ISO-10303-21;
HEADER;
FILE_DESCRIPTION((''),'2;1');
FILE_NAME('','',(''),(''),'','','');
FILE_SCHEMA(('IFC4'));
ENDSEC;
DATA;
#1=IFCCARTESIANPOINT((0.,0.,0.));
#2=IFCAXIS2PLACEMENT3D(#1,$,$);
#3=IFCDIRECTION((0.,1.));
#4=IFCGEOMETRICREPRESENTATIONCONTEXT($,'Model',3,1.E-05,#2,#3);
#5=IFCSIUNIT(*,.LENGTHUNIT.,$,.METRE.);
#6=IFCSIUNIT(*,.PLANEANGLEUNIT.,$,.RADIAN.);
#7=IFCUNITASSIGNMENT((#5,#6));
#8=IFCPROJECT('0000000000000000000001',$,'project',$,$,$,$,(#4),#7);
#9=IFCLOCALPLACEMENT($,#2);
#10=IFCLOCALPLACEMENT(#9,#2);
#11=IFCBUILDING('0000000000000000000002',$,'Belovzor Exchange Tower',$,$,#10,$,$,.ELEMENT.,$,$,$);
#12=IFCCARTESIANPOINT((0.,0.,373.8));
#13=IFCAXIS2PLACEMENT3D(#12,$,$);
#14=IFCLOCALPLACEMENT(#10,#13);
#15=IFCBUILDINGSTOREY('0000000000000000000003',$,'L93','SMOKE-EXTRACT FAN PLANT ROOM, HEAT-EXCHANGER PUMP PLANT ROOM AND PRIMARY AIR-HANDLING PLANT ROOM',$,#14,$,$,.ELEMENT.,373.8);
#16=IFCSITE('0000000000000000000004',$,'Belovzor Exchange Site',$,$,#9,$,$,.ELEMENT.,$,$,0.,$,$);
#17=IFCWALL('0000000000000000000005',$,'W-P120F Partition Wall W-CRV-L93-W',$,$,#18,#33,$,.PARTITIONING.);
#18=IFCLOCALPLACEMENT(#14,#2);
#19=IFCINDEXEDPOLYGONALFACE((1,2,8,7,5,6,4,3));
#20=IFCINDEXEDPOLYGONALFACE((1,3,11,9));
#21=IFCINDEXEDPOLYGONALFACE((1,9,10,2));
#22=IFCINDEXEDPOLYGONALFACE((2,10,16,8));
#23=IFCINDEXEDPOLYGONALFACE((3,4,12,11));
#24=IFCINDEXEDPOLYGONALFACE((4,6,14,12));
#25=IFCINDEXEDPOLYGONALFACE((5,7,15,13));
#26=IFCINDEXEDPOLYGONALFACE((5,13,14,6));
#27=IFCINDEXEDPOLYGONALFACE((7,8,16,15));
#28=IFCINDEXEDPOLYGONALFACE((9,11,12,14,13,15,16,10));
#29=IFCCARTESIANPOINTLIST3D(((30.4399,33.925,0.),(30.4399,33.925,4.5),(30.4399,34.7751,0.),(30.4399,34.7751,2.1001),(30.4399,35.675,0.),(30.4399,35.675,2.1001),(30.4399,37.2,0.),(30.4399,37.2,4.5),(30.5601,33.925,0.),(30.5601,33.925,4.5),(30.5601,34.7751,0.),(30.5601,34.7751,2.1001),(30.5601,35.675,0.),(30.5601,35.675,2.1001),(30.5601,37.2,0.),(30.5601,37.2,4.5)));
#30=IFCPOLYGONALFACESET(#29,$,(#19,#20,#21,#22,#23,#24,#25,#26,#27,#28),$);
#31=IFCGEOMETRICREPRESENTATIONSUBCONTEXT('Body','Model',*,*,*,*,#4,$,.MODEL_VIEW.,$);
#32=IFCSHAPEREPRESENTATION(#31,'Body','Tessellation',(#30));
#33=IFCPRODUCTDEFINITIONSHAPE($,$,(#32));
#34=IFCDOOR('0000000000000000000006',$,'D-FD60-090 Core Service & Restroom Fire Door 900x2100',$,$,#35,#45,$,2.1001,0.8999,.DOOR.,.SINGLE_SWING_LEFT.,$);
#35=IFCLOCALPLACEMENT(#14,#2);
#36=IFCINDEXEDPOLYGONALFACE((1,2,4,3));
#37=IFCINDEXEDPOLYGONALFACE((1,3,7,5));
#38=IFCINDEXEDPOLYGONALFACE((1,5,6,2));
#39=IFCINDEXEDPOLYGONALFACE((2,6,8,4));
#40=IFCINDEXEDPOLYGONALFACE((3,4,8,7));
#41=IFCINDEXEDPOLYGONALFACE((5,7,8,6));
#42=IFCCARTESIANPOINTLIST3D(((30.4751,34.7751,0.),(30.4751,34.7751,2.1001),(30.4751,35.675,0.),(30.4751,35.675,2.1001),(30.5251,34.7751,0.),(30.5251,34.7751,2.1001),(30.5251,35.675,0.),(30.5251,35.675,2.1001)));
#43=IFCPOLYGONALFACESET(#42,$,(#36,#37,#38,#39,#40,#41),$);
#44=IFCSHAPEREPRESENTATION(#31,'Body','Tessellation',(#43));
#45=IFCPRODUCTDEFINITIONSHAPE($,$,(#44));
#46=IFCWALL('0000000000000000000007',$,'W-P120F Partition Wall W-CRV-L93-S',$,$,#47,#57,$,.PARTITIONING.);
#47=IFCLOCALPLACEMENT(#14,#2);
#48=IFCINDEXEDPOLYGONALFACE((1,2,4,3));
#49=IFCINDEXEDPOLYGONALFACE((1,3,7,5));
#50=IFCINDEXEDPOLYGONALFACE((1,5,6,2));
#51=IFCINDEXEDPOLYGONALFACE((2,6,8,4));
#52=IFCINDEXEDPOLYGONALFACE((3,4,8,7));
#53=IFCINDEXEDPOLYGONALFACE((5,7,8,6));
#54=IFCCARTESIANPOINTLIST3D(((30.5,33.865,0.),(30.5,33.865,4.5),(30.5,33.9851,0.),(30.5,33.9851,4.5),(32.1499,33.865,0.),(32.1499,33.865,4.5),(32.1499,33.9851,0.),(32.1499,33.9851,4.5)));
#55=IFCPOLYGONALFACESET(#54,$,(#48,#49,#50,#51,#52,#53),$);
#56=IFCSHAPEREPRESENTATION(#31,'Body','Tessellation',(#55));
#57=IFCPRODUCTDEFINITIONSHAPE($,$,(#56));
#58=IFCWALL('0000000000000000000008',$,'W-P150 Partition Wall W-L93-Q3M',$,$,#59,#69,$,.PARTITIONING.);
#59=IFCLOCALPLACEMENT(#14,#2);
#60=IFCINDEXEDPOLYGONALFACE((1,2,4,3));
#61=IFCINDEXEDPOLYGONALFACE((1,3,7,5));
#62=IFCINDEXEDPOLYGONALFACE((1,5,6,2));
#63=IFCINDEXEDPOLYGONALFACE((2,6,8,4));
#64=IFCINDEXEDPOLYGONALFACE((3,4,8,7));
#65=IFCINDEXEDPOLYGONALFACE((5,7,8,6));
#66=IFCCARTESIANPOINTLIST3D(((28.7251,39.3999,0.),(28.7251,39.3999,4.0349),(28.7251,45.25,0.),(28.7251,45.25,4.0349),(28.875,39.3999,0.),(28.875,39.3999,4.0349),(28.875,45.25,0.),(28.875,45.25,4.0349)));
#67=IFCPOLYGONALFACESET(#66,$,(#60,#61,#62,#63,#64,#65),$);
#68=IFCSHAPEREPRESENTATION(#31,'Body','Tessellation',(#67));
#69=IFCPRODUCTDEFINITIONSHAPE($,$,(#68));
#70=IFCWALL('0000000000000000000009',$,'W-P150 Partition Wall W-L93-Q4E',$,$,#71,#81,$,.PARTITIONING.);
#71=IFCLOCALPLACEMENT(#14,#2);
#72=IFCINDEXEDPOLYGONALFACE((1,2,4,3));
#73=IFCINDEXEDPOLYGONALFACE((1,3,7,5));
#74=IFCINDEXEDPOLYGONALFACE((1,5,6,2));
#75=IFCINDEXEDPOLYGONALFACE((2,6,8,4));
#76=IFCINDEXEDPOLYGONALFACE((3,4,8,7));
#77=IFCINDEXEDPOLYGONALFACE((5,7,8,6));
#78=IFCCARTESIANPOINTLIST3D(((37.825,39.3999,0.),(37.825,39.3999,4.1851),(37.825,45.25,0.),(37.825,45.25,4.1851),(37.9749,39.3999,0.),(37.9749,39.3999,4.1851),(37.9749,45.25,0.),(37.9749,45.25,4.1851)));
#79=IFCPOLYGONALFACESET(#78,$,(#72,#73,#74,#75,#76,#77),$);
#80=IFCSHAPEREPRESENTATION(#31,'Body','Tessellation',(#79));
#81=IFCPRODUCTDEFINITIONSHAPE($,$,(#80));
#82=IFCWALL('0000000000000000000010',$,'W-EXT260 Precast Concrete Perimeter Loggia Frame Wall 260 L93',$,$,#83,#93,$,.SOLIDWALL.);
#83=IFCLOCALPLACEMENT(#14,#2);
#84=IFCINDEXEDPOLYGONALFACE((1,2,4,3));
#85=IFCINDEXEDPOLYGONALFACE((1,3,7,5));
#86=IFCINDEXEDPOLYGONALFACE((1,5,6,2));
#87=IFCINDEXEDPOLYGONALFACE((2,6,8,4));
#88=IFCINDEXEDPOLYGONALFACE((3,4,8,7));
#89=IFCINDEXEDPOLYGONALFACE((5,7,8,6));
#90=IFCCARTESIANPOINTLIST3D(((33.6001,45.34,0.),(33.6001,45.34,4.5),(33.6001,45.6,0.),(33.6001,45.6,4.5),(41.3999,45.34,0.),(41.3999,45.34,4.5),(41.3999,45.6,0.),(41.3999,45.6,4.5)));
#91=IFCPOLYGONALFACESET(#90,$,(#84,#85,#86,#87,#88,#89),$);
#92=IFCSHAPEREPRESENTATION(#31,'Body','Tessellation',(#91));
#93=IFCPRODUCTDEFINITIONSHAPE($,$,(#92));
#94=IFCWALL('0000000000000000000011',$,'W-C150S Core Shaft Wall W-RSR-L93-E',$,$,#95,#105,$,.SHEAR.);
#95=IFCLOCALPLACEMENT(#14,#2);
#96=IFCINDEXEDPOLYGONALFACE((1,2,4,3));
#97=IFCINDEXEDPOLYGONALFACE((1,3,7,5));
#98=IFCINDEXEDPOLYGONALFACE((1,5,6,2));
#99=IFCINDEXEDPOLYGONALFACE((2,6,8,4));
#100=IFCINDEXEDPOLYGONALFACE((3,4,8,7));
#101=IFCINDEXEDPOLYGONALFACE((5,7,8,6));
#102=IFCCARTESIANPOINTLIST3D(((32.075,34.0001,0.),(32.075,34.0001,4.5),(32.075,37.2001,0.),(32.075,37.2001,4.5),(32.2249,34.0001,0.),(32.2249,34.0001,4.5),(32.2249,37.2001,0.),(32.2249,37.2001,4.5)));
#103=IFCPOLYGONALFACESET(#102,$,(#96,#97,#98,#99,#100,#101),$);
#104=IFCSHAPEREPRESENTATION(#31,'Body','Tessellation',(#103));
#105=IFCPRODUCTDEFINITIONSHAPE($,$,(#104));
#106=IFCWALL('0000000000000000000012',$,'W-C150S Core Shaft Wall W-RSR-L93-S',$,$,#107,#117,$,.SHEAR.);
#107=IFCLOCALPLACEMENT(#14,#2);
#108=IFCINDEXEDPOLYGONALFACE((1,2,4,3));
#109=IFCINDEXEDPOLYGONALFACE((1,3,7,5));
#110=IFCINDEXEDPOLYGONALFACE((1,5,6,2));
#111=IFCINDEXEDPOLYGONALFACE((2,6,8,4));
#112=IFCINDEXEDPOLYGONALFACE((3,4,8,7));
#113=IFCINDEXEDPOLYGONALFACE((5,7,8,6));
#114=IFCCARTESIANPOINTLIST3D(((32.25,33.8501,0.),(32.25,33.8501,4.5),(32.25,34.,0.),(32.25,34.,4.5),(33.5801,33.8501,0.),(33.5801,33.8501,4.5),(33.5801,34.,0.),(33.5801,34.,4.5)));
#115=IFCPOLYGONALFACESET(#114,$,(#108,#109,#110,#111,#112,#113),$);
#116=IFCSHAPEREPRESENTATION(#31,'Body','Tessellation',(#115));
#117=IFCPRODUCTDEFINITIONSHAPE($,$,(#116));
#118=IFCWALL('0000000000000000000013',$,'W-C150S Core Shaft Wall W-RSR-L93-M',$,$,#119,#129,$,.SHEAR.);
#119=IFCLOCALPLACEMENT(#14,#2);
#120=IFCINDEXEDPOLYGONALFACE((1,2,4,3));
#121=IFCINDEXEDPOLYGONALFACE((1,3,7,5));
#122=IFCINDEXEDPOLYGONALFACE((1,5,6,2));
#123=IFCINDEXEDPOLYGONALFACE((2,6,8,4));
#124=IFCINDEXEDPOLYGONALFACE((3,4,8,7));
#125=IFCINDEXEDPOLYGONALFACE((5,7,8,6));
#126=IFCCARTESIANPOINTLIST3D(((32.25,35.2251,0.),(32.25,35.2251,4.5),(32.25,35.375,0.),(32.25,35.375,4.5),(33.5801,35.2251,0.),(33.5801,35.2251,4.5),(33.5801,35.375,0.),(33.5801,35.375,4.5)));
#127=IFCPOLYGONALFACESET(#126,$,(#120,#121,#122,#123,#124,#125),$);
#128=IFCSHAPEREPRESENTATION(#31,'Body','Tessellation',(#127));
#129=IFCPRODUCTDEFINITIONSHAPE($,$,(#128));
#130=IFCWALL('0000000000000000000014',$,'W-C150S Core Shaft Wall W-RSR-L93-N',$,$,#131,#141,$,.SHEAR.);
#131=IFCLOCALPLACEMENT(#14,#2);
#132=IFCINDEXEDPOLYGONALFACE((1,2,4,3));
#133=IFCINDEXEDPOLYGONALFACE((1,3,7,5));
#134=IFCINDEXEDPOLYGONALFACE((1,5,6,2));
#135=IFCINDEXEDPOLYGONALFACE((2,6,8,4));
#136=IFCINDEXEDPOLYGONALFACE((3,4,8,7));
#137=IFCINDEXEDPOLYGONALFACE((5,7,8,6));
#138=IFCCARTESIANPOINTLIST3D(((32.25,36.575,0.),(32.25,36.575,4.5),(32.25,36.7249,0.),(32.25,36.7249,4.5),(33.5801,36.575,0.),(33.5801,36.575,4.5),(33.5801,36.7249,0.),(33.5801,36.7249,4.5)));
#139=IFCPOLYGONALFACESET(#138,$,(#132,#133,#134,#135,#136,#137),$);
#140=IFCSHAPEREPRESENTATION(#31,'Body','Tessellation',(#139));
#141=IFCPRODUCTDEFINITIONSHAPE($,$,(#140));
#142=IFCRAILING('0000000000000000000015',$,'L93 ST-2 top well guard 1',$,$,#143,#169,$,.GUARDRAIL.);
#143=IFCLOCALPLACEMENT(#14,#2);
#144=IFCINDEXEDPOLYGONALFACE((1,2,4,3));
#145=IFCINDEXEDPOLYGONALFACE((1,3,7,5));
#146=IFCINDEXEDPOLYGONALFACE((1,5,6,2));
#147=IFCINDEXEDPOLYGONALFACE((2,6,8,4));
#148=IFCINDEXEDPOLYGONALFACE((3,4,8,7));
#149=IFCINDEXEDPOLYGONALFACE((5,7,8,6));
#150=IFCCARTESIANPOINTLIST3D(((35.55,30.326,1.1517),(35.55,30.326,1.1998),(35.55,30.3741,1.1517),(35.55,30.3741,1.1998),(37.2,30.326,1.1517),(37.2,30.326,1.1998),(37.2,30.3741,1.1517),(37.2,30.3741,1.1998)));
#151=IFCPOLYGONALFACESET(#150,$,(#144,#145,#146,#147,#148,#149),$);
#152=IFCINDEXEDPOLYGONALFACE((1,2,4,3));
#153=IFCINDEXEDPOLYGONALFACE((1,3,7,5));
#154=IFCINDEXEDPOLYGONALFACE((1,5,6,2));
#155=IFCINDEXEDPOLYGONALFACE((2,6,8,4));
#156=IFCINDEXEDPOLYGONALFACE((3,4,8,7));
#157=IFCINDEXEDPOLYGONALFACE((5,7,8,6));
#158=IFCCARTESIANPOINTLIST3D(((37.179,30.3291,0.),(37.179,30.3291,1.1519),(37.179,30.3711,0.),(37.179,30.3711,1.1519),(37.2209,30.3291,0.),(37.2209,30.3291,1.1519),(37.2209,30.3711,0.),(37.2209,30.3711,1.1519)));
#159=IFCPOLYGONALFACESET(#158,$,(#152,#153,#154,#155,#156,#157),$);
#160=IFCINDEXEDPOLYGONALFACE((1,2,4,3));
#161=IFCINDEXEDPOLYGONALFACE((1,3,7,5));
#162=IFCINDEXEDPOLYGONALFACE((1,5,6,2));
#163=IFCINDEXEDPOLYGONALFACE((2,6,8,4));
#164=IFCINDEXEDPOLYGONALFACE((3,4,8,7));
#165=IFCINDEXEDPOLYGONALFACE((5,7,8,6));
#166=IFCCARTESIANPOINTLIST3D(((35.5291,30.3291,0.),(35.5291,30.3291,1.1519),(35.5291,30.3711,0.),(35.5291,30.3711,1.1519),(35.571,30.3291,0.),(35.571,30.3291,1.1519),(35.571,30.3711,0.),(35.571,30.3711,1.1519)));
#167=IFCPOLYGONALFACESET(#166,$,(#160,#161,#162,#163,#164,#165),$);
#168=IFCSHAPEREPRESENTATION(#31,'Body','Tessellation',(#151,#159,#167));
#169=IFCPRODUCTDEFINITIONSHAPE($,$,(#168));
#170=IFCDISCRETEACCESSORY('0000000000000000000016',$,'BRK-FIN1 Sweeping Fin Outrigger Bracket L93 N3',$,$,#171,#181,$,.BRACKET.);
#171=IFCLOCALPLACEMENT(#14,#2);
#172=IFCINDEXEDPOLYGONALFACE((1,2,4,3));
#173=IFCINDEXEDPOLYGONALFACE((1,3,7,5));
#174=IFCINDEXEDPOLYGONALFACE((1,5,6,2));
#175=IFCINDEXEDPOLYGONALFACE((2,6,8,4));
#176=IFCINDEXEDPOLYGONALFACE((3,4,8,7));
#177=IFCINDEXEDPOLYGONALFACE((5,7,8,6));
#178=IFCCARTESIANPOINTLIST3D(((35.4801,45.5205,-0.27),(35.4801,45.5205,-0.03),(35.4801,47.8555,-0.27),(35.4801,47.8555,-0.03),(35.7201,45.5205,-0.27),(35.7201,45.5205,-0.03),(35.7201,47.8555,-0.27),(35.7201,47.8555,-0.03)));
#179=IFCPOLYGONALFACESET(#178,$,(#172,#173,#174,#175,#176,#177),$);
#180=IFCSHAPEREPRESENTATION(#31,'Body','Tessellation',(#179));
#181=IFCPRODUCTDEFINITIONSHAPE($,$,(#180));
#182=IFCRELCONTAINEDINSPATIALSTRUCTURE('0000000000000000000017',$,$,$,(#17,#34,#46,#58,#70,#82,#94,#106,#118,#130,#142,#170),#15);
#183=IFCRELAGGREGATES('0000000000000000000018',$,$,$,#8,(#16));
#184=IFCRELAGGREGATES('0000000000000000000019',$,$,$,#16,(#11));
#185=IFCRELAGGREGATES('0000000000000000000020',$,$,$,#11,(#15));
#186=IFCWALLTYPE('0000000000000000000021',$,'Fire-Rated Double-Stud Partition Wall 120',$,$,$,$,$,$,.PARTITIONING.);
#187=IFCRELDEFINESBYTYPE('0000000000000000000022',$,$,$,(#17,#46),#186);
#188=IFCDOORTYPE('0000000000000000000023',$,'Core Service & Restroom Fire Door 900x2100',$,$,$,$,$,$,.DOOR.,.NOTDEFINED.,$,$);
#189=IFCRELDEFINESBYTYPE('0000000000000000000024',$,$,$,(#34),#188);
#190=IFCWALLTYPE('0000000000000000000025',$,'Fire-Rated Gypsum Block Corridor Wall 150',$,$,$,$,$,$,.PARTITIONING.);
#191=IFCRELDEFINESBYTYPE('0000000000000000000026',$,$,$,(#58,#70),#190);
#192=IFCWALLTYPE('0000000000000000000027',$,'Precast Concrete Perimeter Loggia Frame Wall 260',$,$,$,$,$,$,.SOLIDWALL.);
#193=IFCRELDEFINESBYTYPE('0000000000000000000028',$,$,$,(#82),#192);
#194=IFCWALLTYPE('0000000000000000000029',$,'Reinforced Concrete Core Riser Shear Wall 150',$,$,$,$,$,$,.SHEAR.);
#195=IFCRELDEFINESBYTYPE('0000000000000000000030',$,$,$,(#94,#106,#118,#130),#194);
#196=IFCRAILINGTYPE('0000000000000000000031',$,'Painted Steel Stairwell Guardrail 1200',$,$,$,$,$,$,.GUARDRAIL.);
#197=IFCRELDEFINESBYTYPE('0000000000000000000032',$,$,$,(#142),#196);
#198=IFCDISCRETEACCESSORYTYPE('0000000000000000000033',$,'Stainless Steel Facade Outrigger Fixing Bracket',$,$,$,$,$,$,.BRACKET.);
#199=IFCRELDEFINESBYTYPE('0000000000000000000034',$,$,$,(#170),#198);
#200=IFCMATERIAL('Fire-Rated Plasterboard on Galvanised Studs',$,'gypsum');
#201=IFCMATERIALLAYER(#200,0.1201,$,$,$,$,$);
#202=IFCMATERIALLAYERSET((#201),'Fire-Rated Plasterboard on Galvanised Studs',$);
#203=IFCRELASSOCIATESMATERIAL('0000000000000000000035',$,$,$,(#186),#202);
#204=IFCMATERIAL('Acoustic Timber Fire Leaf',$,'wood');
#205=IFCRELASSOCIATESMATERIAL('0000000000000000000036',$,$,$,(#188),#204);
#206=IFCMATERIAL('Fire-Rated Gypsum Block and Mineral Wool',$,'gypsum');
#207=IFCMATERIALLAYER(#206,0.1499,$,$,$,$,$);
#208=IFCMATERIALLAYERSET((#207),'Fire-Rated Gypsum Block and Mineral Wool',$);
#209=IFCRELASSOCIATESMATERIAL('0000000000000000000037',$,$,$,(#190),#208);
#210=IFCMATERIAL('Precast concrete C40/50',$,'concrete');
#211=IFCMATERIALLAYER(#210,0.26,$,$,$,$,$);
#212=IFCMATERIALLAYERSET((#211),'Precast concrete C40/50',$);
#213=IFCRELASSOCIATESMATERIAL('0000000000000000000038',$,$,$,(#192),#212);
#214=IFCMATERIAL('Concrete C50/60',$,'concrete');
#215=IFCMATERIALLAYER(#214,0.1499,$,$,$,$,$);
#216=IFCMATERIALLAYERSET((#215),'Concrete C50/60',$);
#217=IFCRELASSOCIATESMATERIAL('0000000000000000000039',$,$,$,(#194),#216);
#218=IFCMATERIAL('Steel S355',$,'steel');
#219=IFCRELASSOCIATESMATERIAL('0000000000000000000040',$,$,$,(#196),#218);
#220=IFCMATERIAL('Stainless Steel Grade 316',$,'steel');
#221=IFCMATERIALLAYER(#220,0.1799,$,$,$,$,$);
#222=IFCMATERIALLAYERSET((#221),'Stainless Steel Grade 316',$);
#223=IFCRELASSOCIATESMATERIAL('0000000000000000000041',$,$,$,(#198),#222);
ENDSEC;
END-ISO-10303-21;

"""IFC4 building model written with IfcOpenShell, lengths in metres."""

from ifc_helpers import new_model, si_unit, direction, frame, frame_2d, origin, origin_2d, place, context, subcontext, project, spatial, rectangle, extrude, material, layer, layer_set, type_object, element, fill, save


model = new_model("IFC4")

# Units and contexts
model_context = context("Model", 3, precision=1e-05, world=origin(), true_north=direction((0.0, 1.0)))
body_context = subcontext(model_context, "Body", "Model", "MODEL_VIEW")
ifc_project = project(units=[si_unit("LENGTHUNIT", "METRE"), si_unit("PLANEANGLEUNIT", "RADIAN")], contexts=[model_context])

# Site, building, storey
site_placement = place(None, origin())
site = spatial("IfcSite", under=ifc_project, at=site_placement, Name="Belovzor Exchange Site", CompositionType="ELEMENT", RefElevation=0.0)
building_placement = place(site_placement, origin())
building = spatial("IfcBuilding", under=site, at=building_placement, Name="Belovzor Exchange Tower", CompositionType="ELEMENT")
storey_placement = place(building_placement, frame((0.0, 0.0, 373.8)))
storey = spatial("IfcBuildingStorey", under=building, at=storey_placement, Name="L93", Description="SMOKE-EXTRACT FAN PLANT ROOM, HEAT-EXCHANGER PUMP PLANT ROOM AND PRIMARY AIR-HANDLING PLANT ROOM", CompositionType="ELEMENT", Elevation=373.8)

# Wall, opening, door
ifc_material_1 = material(Name="Fire-Rated Plasterboard on Galvanised Studs", Category="gypsum")
ifc_layer_1 = layer(ifc_material_1, 0.1201)
ifc_layer_set_1 = layer_set([ifc_layer_1], Name="Fire-Rated Plasterboard on Galvanised Studs")
wall_type_1 = type_object("IfcWallType", Name="Fire-Rated Double-Stud Partition Wall 120", PredefinedType="PARTITIONING", material=ifc_layer_set_1)
wall_1_placement = place(storey_placement, frame((30.5, 33.925, 0.0), z_axis=(0.0, 0.0, 1.0), x_axis=(0.0, 1.0, 0.0)))
wall_1 = element("IfcWall", 1, at=wall_1_placement, inside=storey, type_object=wall_type_1, Name="W-P120F Partition Wall W-CRV-L93-W", PredefinedType="PARTITIONING", context=body_context, shape_type="SweptSolid", body=[
    extrude(rectangle(XDim=3.2749, YDim=0.1201, at=frame_2d((1.6375, 0.0))), origin(), (0.0, 0.0, 1.0), 4.5),
])
opening_placement = place(wall_1_placement, frame((0.8501, 0.0, 0.0)))
opening = element("IfcOpeningElement", 2, at=opening_placement, cuts=wall_1, PredefinedType="OPENING", context=body_context, shape_type="SweptSolid", body=[
    extrude(rectangle(XDim=0.8999, YDim=2.1001, at=frame_2d((0.45, 1.05))), frame((0.0, 0.0701, 0.0), z_axis=(0.0, -1.0, 0.0), x_axis=(1.0, 0.0, 0.0)), (0.0, 0.0, 1.0), 0.1401),
])
ifc_material_2 = material(Name="Acoustic Timber Fire Leaf", Category="wood")
door_type = type_object("IfcDoorType", Name="Core Service & Restroom Fire Door 900x2100", OperationType="NOTDEFINED", PredefinedType="DOOR", material=ifc_material_2)
door_placement = place(opening_placement, origin())
door = element("IfcDoor", 3, at=door_placement, inside=storey, type_object=door_type, Name="D-FD60-090 Core Service & Restroom Fire Door 900x2100", OperationType="SINGLE_SWING_LEFT", OverallHeight=2.1001, OverallWidth=0.8999, PredefinedType="DOOR", context=body_context, shape_type="SweptSolid", body=[
    extrude(rectangle(XDim=0.8999, YDim=2.1001, at=frame_2d((0.45, 1.05))), frame((0.0, 0.0249, 0.0), z_axis=(0.0, -1.0, 0.0), x_axis=(1.0, 0.0, 0.0)), (0.0, 0.0, 1.0), 0.05),
])
fill(opening, door)

# Walls
wall_2_placement = place(storey_placement, frame((30.5, 33.925, 0.0), z_axis=(0.0, 0.0, 1.0), x_axis=(1.0, 0.0, 0.0)))
element("IfcWall", 4, at=wall_2_placement, inside=storey, type_object=wall_type_1, Name="W-P120F Partition Wall W-CRV-L93-S", PredefinedType="PARTITIONING", context=body_context, shape_type="SweptSolid", body=[
    extrude(rectangle(XDim=1.6499, YDim=0.1201, at=frame_2d((0.825, 0.0))), origin(), (0.0, 0.0, 1.0), 4.5),
])
ifc_material_3 = material(Name="Fire-Rated Gypsum Block and Mineral Wool", Category="gypsum")
ifc_layer_2 = layer(ifc_material_3, 0.1499)
ifc_layer_set_2 = layer_set([ifc_layer_2], Name="Fire-Rated Gypsum Block and Mineral Wool")
wall_type_2 = type_object("IfcWallType", Name="Fire-Rated Gypsum Block Corridor Wall 150", PredefinedType="PARTITIONING", material=ifc_layer_set_2)
wall_3_placement = place(storey_placement, frame((28.8, 39.3999, 0.0), z_axis=(0.0, 0.0, 1.0), x_axis=(0.0, 1.0, 0.0)))
element("IfcWall", 5, at=wall_3_placement, inside=storey, type_object=wall_type_2, Name="W-P150 Partition Wall W-L93-Q3M", PredefinedType="PARTITIONING", context=body_context, shape_type="SweptSolid", body=[
    extrude(rectangle(XDim=5.8501, YDim=0.1499, at=frame_2d((2.925, 0.0))), origin(), (0.0, 0.0, 1.0), 4.0349),
])
wall_4_placement = place(storey_placement, frame((37.8999, 39.3999, 0.0), z_axis=(0.0, 0.0, 1.0), x_axis=(0.0, 1.0, 0.0)))
element("IfcWall", 6, at=wall_4_placement, inside=storey, type_object=wall_type_2, Name="W-P150 Partition Wall W-L93-Q4E", PredefinedType="PARTITIONING", context=body_context, shape_type="SweptSolid", body=[
    extrude(rectangle(XDim=5.8501, YDim=0.1499, at=frame_2d((2.925, 0.0))), origin(), (0.0, 0.0, 1.0), 4.1851),
])
ifc_material_4 = material(Name="Precast concrete C40/50", Category="concrete")
ifc_layer_3 = layer(ifc_material_4, 0.26)
ifc_layer_set_3 = layer_set([ifc_layer_3], Name="Precast concrete C40/50")
wall_type_3 = type_object("IfcWallType", Name="Precast Concrete Perimeter Loggia Frame Wall 260", PredefinedType="SOLIDWALL", material=ifc_layer_set_3)
wall_5_placement = place(storey_placement, frame((33.6001, 45.47, 0.0), z_axis=(0.0, 0.0, 1.0), x_axis=(1.0, 0.0, 0.0)))
element("IfcWall", 7, at=wall_5_placement, inside=storey, type_object=wall_type_3, Name="W-EXT260 Precast Concrete Perimeter Loggia Frame Wall 260 L93", PredefinedType="SOLIDWALL", context=body_context, shape_type="SweptSolid", body=[
    extrude(rectangle(XDim=7.7998, YDim=0.26, at=frame_2d((3.8999, 0.0))), origin(), (0.0, 0.0, 1.0), 4.5),
])
ifc_material_5 = material(Name="Concrete C50/60", Category="concrete")
ifc_layer_4 = layer(ifc_material_5, 0.1499)
ifc_layer_set_4 = layer_set([ifc_layer_4], Name="Concrete C50/60")
wall_type_4 = type_object("IfcWallType", Name="Reinforced Concrete Core Riser Shear Wall 150", PredefinedType="SHEAR", material=ifc_layer_set_4)
wall_6_placement = place(storey_placement, frame((32.1499, 34.0, 0.0), z_axis=(0.0, 0.0, 1.0), x_axis=(0.0, 1.0, 0.0)))
element("IfcWall", 8, at=wall_6_placement, inside=storey, type_object=wall_type_4, Name="W-C150S Core Shaft Wall W-RSR-L93-E", PredefinedType="SHEAR", context=body_context, shape_type="SweptSolid", body=[
    extrude(rectangle(XDim=3.2, YDim=0.1499, at=frame_2d((1.6001, 0.0))), origin(), (0.0, 0.0, 1.0), 4.5),
])
for number, where, z_axis, x_axis, name in (
    (9, (32.25, 33.925, 0.0), (0.0, 0.0, 1.0), (1.0, 0.0, 0.0), "W-C150S Core Shaft Wall W-RSR-L93-S"),
    (10, (32.25, 35.3, 0.0), (0.0, 0.0, 1.0), (1.0, 0.0, 0.0), "W-C150S Core Shaft Wall W-RSR-L93-M"),
    (11, (32.25, 36.6499, 0.0), (0.0, 0.0, 1.0), (1.0, 0.0, 0.0), "W-C150S Core Shaft Wall W-RSR-L93-N"),
):
    element("IfcWall", number, at=place(storey_placement, frame(where, z_axis=z_axis, x_axis=x_axis)), inside=storey, type_object=wall_type_4, Name=name, PredefinedType="SHEAR", context=body_context, shape_type="SweptSolid", body=[
        extrude(rectangle(XDim=1.3301, YDim=0.1499, at=frame_2d((0.665, 0.0))), origin(), (0.0, 0.0, 1.0), 4.5),
    ])

# Railing
ifc_material_6 = material(Name="Steel S355", Category="steel")
railing_type = type_object("IfcRailingType", Name="Painted Steel Stairwell Guardrail 1200", PredefinedType="GUARDRAIL", material=ifc_material_6)
railing_placement = place(storey_placement, frame((37.2, 30.3501, 0.0)))
element("IfcRailing", 12, at=railing_placement, inside=storey, type_object=railing_type, Name="L93 ST-2 top well guard 1", PredefinedType="GUARDRAIL", context=body_context, shape_type="SweptSolid", body=[
    extrude(rectangle(XDim=0.0481, YDim=0.0481, at=origin_2d()), frame((0.0, 0.0, 1.1758), z_axis=(-1.0, 0.0, 0.0), x_axis=(0.0, -1.0, 0.0)), (0.0, 0.0, 1.0), 1.6499),
    extrude(rectangle(XDim=0.042, YDim=0.042, at=origin_2d()), origin(), (0.0, 0.0, 1.0), 1.1519),
    extrude(rectangle(XDim=0.042, YDim=0.042, at=origin_2d()), frame((-1.6499, 0.0, 0.0)), (0.0, 0.0, 1.0), 1.1519),
])

# Discrete accessory
ifc_material_7 = material(Name="Stainless Steel Grade 316", Category="steel")
ifc_layer_5 = layer(ifc_material_7, 0.1799)
ifc_layer_set_5 = layer_set([ifc_layer_5], Name="Stainless Steel Grade 316")
discrete_accessory_type = type_object("IfcDiscreteAccessoryType", Name="Stainless Steel Facade Outrigger Fixing Bracket", PredefinedType="BRACKET", material=ifc_layer_set_5)
discrete_accessory_placement = place(storey_placement, frame((35.6001, 46.688, -0.27), z_axis=(0.0, 0.0, 1.0), x_axis=(0.0, 1.0, 0.0)))
element("IfcDiscreteAccessory", 13, at=discrete_accessory_placement, inside=storey, type_object=discrete_accessory_type, Name="BRK-FIN1 Sweeping Fin Outrigger Bracket L93 N3", PredefinedType="BRACKET", context=body_context, shape_type="SweptSolid", body=[
    extrude(rectangle(XDim=2.335, YDim=0.24, at=origin_2d()), origin(), (0.0, 0.0, 1.0), 0.24),
])

save(model, "model.ifc")
